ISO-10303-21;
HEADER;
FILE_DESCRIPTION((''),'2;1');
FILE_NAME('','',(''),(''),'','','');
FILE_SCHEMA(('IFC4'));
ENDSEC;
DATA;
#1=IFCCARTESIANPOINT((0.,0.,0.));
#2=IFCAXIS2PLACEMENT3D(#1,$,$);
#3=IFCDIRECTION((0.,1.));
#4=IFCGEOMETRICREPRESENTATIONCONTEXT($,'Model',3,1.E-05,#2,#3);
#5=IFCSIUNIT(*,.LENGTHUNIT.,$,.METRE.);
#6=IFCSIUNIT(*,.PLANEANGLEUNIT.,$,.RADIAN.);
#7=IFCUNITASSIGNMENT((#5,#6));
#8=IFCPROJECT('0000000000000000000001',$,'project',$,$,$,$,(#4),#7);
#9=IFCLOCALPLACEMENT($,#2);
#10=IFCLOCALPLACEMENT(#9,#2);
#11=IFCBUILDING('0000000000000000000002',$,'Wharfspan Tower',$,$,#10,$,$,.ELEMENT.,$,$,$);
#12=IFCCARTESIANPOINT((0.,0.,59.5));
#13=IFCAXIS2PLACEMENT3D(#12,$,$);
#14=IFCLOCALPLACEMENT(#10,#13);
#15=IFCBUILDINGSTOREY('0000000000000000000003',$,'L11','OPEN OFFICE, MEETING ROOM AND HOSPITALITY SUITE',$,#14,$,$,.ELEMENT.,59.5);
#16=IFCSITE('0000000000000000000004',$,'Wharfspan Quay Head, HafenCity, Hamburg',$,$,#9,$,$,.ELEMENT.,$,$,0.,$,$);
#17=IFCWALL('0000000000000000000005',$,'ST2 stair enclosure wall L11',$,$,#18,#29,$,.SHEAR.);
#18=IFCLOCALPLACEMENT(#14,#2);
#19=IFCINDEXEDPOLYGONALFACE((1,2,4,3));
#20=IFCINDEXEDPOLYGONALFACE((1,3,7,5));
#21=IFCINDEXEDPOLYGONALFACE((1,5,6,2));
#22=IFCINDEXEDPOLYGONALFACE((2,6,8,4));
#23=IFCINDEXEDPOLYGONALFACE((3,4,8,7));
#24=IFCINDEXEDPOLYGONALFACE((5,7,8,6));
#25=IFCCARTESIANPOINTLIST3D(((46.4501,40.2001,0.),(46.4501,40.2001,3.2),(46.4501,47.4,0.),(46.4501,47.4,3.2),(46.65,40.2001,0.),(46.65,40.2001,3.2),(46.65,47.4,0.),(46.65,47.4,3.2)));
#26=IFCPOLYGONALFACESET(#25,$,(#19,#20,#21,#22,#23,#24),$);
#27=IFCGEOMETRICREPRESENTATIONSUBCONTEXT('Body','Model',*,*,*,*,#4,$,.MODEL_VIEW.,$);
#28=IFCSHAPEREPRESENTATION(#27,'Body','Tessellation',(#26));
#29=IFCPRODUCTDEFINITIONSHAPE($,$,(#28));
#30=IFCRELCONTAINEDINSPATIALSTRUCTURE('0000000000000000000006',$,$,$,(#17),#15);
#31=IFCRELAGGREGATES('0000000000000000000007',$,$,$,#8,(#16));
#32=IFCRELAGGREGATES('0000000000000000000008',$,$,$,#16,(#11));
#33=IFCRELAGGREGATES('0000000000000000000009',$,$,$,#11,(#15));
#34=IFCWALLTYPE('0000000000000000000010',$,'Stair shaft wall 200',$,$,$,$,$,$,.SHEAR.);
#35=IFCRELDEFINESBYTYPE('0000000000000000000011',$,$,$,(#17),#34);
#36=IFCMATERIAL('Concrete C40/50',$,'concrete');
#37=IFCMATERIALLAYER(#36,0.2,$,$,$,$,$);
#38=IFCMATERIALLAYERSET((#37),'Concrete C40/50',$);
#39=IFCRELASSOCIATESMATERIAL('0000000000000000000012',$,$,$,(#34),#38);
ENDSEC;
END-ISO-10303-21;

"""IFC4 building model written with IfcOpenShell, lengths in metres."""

from ifc_helpers import new_model, si_unit, direction, frame, frame_2d, origin, place, context, subcontext, project, spatial, rectangle, extrude, material, layer, layer_set, type_object, element, save


model = new_model("IFC4")

# Units and contexts
model_context = context("Model", 3, precision=1e-05, world=origin(), true_north=direction((0.0, 1.0)))
body_context = subcontext(model_context, "Body", "Model", "MODEL_VIEW")
ifc_project = project(units=[si_unit("LENGTHUNIT", "METRE"), si_unit("PLANEANGLEUNIT", "RADIAN")], contexts=[model_context])

# Site, building, storey
site_placement = place(None, origin())
site = spatial("IfcSite", under=ifc_project, at=site_placement, Name="Wharfspan Quay Head, HafenCity, Hamburg", CompositionType="ELEMENT", RefElevation=0.0)
building_placement = place(site_placement, origin())
building = spatial("IfcBuilding", under=site, at=building_placement, Name="Wharfspan Tower", CompositionType="ELEMENT")
storey_placement = place(building_placement, frame((0.0, 0.0, 59.5)))
storey = spatial("IfcBuildingStorey", under=building, at=storey_placement, Name="L11", Description="OPEN OFFICE, MEETING ROOM AND HOSPITALITY SUITE", CompositionType="ELEMENT", Elevation=59.5)

# Shared definitions
ifc_material_1 = material(Name="Concrete C40/50", Category="concrete")
ifc_layer_1 = layer(ifc_material_1, 0.2)
ifc_layer_set_1 = layer_set([ifc_layer_1], Name="Concrete C40/50")
wall_type_1 = type_object("IfcWallType", Name="Stair shaft wall 200", PredefinedType="SHEAR", material=ifc_layer_set_1)

# Wall
wall_1_placement = place(storey_placement, frame((46.55, 40.2, 0.0), z_axis=(0.0, 0.0, 1.0), x_axis=(0.0, 1.0, 0.0)))
element("IfcWall", 1, at=wall_1_placement, inside=storey, type_object=wall_type_1, Name="ST2 stair enclosure wall L11", PredefinedType="SHEAR", context=body_context, shape_type="SweptSolid", body=[
    extrude(rectangle(XDim=7.2, YDim=0.2, at=frame_2d((3.6001, 0.0))), origin(), (0.0, 0.0, 1.0), 3.2),
])

save(model, "model.ifc")
